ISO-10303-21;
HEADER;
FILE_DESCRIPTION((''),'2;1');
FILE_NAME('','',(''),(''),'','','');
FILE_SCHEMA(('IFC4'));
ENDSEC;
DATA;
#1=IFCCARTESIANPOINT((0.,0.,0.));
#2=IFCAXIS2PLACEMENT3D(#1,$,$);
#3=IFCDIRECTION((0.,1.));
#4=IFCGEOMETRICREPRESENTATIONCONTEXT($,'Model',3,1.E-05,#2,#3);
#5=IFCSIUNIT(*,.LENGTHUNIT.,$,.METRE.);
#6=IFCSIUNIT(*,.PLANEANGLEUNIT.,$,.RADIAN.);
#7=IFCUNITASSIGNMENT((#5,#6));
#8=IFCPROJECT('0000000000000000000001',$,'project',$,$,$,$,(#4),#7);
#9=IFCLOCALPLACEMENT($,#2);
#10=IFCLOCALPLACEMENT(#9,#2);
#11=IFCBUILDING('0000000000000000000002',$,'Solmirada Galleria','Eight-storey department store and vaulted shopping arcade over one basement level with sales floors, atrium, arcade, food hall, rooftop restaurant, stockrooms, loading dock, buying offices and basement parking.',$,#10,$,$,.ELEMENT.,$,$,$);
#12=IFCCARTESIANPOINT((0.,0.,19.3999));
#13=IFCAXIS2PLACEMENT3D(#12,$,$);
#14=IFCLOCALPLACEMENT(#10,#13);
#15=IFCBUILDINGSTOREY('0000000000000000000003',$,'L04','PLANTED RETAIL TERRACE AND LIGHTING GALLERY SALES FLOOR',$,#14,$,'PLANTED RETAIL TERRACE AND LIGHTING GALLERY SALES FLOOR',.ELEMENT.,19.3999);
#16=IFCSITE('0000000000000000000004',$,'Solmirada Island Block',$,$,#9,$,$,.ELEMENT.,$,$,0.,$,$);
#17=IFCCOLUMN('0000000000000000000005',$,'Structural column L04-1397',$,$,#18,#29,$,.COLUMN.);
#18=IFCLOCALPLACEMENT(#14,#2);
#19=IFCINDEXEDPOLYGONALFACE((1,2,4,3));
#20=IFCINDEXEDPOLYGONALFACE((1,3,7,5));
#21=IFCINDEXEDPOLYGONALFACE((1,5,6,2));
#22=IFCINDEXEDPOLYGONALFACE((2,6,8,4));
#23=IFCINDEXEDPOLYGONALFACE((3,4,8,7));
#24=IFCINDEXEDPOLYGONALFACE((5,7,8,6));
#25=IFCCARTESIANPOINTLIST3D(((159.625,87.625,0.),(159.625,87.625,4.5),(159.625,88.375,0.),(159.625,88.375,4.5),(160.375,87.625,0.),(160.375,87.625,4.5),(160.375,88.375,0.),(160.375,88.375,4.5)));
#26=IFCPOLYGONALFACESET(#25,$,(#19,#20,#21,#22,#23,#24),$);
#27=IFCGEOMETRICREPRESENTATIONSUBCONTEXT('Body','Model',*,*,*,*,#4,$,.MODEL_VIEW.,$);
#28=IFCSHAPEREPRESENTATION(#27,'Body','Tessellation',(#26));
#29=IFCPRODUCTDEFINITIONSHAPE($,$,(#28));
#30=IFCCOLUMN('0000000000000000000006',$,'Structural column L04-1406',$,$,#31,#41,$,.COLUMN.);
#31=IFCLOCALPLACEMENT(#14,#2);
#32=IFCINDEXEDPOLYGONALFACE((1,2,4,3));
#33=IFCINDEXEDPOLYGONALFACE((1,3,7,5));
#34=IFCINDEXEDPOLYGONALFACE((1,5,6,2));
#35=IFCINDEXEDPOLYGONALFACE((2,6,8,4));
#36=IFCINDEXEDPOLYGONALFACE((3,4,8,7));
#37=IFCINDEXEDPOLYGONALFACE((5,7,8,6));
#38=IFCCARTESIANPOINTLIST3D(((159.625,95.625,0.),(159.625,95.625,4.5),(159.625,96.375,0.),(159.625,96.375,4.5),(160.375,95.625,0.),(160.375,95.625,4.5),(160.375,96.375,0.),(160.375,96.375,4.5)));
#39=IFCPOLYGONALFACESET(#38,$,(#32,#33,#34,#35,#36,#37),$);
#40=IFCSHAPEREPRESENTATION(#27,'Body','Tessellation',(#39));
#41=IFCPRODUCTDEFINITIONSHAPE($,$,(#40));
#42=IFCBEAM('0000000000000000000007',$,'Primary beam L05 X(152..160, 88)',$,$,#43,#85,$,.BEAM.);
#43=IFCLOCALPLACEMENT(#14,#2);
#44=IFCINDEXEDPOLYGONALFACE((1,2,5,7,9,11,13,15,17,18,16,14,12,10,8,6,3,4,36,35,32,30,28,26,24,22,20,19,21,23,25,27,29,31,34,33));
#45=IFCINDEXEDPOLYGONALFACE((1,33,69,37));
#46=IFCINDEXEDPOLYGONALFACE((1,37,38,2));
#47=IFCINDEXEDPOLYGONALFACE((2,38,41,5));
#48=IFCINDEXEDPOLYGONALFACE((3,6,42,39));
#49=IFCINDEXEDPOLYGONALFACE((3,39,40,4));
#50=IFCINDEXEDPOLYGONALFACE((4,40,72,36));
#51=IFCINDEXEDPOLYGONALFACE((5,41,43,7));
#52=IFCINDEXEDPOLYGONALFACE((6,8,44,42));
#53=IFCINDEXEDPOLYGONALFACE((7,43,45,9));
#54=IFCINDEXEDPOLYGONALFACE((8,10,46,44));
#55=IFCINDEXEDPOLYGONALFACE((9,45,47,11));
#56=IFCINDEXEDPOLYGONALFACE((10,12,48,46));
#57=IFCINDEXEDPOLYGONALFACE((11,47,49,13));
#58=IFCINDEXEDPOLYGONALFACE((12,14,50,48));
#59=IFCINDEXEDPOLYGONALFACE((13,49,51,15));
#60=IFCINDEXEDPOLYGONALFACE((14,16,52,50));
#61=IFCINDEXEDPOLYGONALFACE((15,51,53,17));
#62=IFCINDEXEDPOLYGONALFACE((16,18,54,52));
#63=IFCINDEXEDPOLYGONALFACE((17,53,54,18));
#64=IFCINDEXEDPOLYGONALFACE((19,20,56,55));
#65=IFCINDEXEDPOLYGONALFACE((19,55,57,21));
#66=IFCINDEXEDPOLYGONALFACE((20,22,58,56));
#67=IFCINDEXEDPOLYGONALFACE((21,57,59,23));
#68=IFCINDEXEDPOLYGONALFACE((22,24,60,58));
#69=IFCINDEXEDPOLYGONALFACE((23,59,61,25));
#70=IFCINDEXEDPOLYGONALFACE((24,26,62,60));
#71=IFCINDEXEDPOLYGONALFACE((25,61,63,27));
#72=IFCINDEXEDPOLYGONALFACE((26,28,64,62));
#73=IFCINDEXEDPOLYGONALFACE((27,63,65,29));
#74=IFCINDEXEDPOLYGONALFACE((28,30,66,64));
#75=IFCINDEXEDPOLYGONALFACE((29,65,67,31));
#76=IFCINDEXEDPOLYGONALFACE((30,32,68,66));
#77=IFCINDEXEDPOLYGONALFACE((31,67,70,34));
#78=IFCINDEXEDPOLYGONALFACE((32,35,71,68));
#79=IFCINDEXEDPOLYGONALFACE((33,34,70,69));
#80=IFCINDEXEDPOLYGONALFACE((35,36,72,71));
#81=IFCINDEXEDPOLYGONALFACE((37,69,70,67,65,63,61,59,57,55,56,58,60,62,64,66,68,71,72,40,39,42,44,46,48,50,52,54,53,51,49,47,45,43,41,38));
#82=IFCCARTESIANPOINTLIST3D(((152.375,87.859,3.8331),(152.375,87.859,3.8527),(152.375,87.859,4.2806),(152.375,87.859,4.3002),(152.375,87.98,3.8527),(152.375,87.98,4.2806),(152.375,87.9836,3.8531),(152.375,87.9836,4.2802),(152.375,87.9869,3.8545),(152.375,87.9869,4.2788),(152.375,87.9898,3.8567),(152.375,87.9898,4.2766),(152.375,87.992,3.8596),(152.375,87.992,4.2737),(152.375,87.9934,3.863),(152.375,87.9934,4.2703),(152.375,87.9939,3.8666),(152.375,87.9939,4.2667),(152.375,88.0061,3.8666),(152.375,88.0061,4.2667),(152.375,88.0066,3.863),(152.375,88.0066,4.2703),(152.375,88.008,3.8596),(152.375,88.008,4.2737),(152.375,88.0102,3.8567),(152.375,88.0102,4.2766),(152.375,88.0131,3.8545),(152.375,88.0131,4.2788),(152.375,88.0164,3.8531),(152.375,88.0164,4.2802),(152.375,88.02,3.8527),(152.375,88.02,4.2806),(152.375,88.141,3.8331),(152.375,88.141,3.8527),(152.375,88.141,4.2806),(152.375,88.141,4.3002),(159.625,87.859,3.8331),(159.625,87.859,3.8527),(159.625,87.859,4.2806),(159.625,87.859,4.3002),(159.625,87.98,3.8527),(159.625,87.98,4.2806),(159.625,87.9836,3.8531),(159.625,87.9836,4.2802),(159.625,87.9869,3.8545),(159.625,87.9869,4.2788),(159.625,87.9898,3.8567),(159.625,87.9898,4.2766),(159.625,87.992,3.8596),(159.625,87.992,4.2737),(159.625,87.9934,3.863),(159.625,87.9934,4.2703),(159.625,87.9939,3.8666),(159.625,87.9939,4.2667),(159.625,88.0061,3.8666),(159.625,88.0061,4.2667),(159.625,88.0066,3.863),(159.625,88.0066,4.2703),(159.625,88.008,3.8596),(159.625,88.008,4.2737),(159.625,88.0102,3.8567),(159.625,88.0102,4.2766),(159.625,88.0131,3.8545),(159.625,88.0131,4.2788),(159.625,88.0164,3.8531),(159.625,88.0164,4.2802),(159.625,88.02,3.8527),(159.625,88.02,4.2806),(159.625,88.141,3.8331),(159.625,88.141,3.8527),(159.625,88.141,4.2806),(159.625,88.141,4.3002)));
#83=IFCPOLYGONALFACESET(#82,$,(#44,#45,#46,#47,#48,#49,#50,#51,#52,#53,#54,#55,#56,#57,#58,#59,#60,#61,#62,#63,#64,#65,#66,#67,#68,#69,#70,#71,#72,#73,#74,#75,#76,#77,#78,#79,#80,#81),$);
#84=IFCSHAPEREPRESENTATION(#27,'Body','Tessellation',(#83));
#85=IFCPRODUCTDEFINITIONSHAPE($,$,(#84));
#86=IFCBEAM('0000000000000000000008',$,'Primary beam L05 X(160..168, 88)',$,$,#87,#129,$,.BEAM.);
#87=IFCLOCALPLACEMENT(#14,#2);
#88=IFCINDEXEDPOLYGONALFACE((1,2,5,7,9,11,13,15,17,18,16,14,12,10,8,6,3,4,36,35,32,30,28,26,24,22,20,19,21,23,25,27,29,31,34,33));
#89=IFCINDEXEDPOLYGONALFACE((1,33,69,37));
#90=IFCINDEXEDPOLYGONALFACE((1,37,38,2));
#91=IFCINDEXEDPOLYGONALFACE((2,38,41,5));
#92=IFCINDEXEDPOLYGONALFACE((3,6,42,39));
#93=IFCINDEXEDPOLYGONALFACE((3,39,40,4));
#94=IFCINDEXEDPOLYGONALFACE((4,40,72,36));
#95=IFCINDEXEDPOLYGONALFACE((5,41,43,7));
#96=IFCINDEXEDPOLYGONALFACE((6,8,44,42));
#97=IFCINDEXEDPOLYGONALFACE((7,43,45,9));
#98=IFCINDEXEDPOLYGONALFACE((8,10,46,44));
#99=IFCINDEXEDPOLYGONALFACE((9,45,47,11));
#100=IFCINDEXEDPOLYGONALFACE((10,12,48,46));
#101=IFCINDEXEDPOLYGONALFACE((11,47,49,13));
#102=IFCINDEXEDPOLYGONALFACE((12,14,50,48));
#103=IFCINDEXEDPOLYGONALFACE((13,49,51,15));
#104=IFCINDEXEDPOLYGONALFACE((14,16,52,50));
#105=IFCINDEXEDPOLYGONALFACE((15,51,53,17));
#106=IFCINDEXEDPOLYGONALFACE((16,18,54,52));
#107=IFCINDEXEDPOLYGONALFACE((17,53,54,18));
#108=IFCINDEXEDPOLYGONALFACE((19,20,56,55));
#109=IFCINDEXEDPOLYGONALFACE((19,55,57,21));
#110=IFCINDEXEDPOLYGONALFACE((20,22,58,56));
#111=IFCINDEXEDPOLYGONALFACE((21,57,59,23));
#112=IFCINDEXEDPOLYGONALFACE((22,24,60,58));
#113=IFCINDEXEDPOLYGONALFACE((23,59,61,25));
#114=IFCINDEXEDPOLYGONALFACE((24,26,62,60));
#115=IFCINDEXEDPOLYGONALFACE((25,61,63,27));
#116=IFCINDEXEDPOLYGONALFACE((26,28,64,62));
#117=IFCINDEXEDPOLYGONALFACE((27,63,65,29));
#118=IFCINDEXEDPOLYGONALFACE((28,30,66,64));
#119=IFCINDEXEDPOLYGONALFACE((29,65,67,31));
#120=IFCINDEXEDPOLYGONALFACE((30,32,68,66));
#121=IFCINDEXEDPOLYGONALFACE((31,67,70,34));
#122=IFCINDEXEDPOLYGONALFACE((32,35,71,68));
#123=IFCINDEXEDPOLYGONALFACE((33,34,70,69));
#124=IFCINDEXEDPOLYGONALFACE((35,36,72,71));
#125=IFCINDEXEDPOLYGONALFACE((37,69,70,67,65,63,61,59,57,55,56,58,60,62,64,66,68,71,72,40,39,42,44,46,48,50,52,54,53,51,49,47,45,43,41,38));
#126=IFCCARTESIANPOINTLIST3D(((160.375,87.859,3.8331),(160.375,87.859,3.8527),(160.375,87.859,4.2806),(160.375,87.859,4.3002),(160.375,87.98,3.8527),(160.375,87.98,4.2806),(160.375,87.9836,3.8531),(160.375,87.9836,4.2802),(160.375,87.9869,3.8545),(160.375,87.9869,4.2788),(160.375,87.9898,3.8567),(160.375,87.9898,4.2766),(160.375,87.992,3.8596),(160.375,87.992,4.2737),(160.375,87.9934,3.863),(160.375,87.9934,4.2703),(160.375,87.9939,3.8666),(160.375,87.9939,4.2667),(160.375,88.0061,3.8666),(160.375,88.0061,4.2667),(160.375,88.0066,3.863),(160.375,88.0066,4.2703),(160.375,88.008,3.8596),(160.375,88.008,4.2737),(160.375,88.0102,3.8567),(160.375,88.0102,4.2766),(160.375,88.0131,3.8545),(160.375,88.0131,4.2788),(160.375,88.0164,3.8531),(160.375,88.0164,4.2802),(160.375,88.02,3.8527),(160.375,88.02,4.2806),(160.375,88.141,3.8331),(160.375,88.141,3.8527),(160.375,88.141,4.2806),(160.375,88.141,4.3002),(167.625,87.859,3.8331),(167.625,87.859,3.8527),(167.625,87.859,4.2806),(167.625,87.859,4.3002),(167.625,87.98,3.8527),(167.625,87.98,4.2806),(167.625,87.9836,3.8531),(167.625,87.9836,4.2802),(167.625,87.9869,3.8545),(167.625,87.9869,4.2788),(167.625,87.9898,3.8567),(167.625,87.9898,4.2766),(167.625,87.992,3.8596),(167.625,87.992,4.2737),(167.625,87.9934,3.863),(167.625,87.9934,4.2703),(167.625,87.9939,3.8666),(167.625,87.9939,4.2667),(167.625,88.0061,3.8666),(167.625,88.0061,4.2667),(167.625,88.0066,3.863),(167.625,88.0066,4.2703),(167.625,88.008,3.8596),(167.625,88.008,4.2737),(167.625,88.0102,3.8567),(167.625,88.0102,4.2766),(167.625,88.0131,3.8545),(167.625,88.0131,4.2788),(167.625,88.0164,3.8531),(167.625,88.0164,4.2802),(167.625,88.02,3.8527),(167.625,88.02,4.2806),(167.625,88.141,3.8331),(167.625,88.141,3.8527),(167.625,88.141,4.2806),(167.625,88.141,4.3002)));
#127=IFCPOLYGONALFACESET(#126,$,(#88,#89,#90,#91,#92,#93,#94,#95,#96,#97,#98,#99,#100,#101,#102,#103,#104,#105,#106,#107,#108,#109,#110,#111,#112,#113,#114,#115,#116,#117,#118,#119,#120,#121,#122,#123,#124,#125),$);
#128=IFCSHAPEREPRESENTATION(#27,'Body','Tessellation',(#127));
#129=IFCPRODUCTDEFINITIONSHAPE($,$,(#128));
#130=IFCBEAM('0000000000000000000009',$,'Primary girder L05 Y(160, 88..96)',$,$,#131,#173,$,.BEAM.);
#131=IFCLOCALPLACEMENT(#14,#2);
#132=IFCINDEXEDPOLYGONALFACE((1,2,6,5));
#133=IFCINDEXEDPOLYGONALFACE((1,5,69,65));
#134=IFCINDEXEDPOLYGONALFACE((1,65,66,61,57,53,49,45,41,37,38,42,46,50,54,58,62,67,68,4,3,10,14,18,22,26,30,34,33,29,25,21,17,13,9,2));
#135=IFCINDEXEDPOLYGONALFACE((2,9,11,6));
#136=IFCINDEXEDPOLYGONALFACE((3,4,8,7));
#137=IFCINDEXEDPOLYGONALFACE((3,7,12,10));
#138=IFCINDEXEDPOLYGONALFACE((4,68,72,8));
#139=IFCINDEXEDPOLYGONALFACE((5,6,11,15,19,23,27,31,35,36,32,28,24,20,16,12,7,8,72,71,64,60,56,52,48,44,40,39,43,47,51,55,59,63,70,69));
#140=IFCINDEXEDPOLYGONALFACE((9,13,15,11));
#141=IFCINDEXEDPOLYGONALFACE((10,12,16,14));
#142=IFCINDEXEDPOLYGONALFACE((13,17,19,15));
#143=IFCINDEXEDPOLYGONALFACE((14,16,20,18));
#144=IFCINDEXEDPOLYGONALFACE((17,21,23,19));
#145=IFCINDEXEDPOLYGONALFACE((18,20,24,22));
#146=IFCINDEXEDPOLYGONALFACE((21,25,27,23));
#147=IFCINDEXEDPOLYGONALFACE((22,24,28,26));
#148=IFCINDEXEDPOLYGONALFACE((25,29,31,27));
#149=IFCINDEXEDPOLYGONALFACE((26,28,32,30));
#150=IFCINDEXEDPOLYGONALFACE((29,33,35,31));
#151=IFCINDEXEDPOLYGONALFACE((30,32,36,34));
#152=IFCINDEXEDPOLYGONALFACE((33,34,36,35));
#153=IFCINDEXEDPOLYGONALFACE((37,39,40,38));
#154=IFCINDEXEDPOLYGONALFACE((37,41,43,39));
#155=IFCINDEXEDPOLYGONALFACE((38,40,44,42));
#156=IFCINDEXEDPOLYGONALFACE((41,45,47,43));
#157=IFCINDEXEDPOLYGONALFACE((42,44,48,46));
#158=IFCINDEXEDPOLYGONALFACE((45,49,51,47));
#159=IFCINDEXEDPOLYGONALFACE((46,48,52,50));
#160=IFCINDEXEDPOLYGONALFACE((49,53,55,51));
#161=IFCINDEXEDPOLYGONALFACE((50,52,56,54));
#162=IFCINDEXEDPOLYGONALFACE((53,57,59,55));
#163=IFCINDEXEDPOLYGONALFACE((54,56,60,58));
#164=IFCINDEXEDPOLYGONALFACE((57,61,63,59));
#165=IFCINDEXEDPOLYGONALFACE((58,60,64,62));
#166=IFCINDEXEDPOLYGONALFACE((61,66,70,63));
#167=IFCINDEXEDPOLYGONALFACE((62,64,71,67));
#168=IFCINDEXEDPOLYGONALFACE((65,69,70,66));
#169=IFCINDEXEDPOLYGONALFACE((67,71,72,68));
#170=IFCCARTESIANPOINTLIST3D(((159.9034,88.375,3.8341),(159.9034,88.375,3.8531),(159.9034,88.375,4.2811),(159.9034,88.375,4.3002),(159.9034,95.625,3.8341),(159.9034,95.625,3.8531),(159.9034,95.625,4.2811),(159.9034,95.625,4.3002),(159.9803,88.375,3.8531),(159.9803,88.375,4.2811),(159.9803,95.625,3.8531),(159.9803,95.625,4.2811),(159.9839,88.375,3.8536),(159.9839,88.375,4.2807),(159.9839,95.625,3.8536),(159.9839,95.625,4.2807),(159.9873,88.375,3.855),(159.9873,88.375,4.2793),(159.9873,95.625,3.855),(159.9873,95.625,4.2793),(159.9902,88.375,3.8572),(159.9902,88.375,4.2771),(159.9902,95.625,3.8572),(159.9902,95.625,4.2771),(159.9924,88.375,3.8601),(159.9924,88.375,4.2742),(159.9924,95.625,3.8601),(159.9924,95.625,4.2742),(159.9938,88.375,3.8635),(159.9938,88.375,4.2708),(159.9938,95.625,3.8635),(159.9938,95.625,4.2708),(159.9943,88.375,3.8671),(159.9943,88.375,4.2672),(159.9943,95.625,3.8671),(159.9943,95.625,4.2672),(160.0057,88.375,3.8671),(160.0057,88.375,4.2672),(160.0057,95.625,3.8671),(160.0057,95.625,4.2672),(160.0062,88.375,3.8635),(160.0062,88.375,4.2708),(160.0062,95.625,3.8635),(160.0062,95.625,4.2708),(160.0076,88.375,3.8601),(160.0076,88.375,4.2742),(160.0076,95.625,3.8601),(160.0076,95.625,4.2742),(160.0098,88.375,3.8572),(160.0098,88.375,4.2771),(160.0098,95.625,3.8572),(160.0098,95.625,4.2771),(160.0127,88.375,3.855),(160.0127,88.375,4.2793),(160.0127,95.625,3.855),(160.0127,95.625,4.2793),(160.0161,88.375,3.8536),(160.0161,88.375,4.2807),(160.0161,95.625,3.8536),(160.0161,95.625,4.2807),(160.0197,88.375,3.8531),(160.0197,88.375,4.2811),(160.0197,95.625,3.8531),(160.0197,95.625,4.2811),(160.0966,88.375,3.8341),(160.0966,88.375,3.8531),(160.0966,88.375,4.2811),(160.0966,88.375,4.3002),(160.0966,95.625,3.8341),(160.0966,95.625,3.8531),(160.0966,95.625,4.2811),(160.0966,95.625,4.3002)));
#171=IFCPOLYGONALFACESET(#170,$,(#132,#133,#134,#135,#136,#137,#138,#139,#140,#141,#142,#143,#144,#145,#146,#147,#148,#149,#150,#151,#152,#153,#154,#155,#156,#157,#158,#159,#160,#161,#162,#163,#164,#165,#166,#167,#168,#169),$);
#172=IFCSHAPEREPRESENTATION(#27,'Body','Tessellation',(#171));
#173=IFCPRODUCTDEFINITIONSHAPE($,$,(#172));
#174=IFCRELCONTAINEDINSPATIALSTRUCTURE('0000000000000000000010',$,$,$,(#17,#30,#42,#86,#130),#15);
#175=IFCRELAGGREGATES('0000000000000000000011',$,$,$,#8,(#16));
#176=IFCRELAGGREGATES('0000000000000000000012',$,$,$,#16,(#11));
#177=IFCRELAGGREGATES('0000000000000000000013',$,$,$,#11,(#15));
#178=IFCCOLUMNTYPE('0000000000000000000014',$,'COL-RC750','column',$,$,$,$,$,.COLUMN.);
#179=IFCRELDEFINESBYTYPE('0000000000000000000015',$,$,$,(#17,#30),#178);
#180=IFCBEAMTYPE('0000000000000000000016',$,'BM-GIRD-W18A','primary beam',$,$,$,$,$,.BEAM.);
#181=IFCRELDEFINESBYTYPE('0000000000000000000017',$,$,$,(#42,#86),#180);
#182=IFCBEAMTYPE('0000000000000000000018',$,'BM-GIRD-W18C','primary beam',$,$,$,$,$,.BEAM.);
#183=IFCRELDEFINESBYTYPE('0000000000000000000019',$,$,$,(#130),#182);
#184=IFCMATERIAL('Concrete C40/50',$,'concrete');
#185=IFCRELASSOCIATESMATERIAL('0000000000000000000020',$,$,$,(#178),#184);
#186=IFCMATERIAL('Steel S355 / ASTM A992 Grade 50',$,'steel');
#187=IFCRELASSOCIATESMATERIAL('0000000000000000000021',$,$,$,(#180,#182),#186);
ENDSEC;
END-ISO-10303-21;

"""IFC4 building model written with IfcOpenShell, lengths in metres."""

from ifc_helpers import new_model, si_unit, direction, frame, origin, origin_2d, place, context, subcontext, project, spatial, rectangle, i_section, extrude, material, material_profile, profile_set, type_object, element, save


model = new_model("IFC4")

# Units and contexts
model_context = context("Model", 3, precision=1e-05, world=origin(), true_north=direction((0.0, 1.0)))
body_context = subcontext(model_context, "Body", "Model", "MODEL_VIEW")
ifc_project = project(units=[si_unit("LENGTHUNIT", "METRE"), si_unit("PLANEANGLEUNIT", "RADIAN")], contexts=[model_context])

# Site, building, storey
site_placement = place(None, origin())
site = spatial("IfcSite", under=ifc_project, at=site_placement, Name="Solmirada Island Block", CompositionType="ELEMENT", RefElevation=0.0)
building_placement = place(site_placement, origin())
building = spatial("IfcBuilding", under=site, at=building_placement, Name="Solmirada Galleria", Description="Eight-storey department store and vaulted shopping arcade over one basement level with sales floors, atrium, arcade, food hall, rooftop restaurant, stockrooms, loading dock, buying offices and basement parking.", CompositionType="ELEMENT")
storey_placement = place(building_placement, frame((0.0, 0.0, 19.3999)))
storey = spatial("IfcBuildingStorey", under=building, at=storey_placement, Name="L04", Description="PLANTED RETAIL TERRACE AND LIGHTING GALLERY SALES FLOOR", LongName="PLANTED RETAIL TERRACE AND LIGHTING GALLERY SALES FLOOR", CompositionType="ELEMENT", Elevation=19.3999)

# Columns
ifc_material_1 = material(Name="Concrete C40/50", Category="concrete")
ifc_material_profile_1 = material_profile(ifc_material_1, rectangle(XDim=0.75, YDim=0.75, at=origin_2d()), Name="RC750X750")
ifc_profile_set_1 = profile_set([ifc_material_profile_1], Name="Concrete C40/50")
column_type = type_object("IfcColumnType", Name="COL-RC750", Description="column", PredefinedType="COLUMN", material=ifc_profile_set_1)
for number, where, z_axis, x_axis, name in (
    (1, (160.0, 88.0, 0.0), (0.0, 0.0, 1.0), (1.0, 0.0, 0.0), "Structural column L04-1397"),
    (2, (160.0, 96.0, 0.0), (0.0, 0.0, 1.0), (1.0, 0.0, 0.0), "Structural column L04-1406"),
):
    element("IfcColumn", number, at=place(storey_placement, frame(where, z_axis=z_axis, x_axis=x_axis)), inside=storey, type_object=column_type, Name=name, PredefinedType="COLUMN", context=body_context, shape_type="SweptSolid", body=[
        extrude(rectangle(XDim=0.75, YDim=0.75, at=origin_2d()), origin(), (0.0, 0.0, 1.0), 4.5),
    ])

# Beams
ifc_material_2 = material(Name="Steel S355 / ASTM A992 Grade 50", Category="steel")
ifc_material_profile_2 = material_profile(ifc_material_2, i_section(OverallWidth=0.282, OverallDepth=0.467, WebThickness=0.0122, FlangeThickness=0.0195, FilletRadius=0.0139, at=origin_2d()), Name="W18X86")
ifc_profile_set_2 = profile_set([ifc_material_profile_2], Name="Steel S355 / ASTM A992 Grade 50")
beam_type_1 = type_object("IfcBeamType", Name="BM-GIRD-W18A", Description="primary beam", PredefinedType="BEAM", material=ifc_profile_set_2)
for number, where, z_axis, x_axis, name in (
    (3, (152.375, 88.0, 4.0667), (1.0, 0.0, 0.0), (0.0, 1.0, 0.0), "Primary beam L05 X(152..160, 88)"),
    (4, (160.375, 88.0, 4.0667), (1.0, 0.0, 0.0), (0.0, 1.0, 0.0), "Primary beam L05 X(160..168, 88)"),
):
    element("IfcBeam", number, at=place(storey_placement, frame(where, z_axis=z_axis, x_axis=x_axis)), inside=storey, type_object=beam_type_1, Name=name, PredefinedType="BEAM", context=body_context, shape_type="SweptSolid", body=[
        extrude(i_section(OverallWidth=0.282, OverallDepth=0.467, WebThickness=0.0122, FlangeThickness=0.0195, FilletRadius=0.0139, at=origin_2d()), origin(), (0.0, 0.0, 1.0), 7.25),
    ])
ifc_material_profile_3 = material_profile(ifc_material_2, i_section(OverallWidth=0.1931, OverallDepth=0.4661, WebThickness=0.0115, FlangeThickness=0.019, FilletRadius=0.0139, at=origin_2d()), Name="W18X65")
ifc_profile_set_3 = profile_set([ifc_material_profile_3], Name="Steel S355 / ASTM A992 Grade 50")
beam_type_2 = type_object("IfcBeamType", Name="BM-GIRD-W18C", Description="primary beam", PredefinedType="BEAM", material=ifc_profile_set_3)
for number, where, z_axis, x_axis, name in (
    (5, (160.0, 88.375, 4.0671), (0.0, 1.0, 0.0), (-1.0, 0.0, 0.0), "Primary girder L05 Y(160, 88..96)"),
):
    element("IfcBeam", number, at=place(storey_placement, frame(where, z_axis=z_axis, x_axis=x_axis)), inside=storey, type_object=beam_type_2, Name=name, PredefinedType="BEAM", context=body_context, shape_type="SweptSolid", body=[
        extrude(i_section(OverallWidth=0.1931, OverallDepth=0.4661, WebThickness=0.0115, FlangeThickness=0.019, FilletRadius=0.0139, at=origin_2d()), origin(), (0.0, 0.0, 1.0), 7.25),
    ])

save(model, "model.ifc")
